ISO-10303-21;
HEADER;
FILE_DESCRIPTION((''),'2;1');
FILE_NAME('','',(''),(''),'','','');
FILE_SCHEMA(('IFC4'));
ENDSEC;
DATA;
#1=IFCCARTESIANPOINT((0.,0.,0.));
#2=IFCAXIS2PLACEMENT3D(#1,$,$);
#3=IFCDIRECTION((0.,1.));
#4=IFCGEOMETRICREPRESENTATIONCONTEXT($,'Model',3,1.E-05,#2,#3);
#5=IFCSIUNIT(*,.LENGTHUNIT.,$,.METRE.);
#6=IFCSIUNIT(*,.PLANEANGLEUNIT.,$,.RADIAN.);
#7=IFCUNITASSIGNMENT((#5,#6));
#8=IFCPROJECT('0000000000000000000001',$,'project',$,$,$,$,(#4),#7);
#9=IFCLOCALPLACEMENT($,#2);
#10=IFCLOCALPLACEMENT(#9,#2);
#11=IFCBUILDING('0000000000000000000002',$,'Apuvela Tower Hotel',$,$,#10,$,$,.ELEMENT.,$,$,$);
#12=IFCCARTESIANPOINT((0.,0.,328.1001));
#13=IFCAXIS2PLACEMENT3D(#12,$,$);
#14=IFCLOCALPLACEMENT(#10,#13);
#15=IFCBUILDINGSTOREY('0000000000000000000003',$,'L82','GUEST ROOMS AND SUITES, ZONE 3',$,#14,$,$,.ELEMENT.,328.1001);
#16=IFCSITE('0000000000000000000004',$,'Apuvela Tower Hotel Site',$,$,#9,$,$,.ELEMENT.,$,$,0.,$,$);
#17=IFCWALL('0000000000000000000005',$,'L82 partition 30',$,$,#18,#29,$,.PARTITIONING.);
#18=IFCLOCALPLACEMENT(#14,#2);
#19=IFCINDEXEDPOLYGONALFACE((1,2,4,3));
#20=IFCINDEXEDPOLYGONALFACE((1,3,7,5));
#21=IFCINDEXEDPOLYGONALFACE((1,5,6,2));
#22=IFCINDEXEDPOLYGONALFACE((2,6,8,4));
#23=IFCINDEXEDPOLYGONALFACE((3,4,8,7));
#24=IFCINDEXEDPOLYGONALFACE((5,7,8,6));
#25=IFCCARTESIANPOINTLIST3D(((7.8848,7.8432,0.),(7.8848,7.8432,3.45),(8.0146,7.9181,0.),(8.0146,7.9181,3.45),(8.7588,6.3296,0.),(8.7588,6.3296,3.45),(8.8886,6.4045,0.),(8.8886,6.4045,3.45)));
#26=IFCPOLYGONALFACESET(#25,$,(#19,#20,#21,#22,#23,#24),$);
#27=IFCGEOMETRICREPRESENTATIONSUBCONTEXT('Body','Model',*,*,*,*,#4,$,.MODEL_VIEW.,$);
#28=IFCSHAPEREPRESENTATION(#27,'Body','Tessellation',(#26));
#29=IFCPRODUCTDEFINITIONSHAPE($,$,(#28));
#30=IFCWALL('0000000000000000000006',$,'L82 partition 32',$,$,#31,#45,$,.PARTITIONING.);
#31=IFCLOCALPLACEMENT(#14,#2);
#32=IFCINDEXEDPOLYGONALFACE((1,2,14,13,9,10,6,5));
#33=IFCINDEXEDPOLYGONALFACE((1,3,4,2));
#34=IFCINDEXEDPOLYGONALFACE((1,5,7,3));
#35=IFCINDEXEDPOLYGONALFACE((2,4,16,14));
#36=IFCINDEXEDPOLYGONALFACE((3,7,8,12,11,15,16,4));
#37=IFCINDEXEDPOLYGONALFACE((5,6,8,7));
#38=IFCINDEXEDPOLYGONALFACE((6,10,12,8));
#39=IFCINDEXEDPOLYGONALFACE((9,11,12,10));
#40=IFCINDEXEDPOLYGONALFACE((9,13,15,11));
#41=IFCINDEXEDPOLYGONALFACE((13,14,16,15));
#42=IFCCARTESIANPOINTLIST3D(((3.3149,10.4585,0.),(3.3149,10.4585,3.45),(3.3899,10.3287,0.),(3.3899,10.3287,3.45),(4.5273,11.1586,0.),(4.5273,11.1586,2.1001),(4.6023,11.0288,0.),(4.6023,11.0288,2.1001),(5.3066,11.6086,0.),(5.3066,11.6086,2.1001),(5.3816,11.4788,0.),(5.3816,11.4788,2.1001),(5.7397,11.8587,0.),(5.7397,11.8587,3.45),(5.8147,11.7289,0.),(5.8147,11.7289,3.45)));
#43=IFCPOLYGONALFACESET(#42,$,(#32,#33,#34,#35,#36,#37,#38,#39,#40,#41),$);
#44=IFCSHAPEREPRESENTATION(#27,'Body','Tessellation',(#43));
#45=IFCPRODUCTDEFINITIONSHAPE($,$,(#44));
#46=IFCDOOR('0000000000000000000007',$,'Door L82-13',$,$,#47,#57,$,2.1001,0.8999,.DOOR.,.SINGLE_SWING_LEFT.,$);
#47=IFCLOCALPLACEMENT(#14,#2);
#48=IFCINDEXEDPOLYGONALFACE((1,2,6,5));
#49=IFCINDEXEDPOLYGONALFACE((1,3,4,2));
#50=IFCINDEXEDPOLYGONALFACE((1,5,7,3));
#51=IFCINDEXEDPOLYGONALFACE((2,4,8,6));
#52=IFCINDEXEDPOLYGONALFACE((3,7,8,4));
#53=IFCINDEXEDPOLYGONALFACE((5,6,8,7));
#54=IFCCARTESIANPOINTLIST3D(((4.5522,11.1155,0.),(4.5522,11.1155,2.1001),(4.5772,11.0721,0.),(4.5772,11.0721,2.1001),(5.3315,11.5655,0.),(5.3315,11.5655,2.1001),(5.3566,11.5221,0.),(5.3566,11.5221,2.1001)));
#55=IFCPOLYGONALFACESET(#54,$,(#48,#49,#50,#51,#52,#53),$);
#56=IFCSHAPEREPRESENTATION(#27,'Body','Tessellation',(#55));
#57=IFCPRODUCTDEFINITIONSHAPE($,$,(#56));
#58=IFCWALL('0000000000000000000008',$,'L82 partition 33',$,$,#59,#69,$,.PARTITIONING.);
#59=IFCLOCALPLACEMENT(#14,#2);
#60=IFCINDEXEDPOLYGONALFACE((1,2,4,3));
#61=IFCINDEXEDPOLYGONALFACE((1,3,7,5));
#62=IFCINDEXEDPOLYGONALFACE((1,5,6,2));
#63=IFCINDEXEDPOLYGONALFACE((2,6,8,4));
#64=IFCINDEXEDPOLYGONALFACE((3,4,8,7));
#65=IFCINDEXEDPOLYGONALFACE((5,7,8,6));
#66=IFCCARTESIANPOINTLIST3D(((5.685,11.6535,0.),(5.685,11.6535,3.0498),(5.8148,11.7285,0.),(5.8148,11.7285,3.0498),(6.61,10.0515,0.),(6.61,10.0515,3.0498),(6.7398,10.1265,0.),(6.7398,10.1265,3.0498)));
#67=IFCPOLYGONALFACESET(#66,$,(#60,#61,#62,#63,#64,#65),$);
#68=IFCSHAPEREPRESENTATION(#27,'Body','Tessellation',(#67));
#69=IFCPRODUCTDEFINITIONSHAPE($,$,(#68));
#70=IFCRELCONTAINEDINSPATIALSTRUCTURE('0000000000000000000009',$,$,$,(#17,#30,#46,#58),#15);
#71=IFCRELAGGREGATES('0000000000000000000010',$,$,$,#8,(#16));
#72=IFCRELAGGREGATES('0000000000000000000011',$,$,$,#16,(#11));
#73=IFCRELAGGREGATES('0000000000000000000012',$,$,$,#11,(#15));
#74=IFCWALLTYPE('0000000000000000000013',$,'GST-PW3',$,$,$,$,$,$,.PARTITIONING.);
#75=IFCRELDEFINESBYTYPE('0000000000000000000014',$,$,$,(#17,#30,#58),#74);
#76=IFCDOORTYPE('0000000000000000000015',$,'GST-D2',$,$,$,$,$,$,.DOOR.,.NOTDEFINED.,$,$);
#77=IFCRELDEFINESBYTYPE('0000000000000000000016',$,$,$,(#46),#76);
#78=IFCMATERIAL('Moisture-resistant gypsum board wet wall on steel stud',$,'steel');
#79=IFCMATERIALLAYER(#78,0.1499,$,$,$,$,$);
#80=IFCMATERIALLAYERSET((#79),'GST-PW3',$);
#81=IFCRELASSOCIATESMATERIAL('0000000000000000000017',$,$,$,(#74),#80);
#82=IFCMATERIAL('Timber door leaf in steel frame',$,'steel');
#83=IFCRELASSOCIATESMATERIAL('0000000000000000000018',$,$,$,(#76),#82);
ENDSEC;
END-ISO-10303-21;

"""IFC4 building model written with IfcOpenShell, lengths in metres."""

from ifc_helpers import new_model, si_unit, direction, frame, frame_2d, origin, place, context, subcontext, project, spatial, rectangle, extrude, material, layer, layer_set, type_object, element, fill, save


model = new_model("IFC4")

# Units and contexts
model_context = context("Model", 3, precision=1e-05, world=origin(), true_north=direction((0.0, 1.0)))
body_context = subcontext(model_context, "Body", "Model", "MODEL_VIEW")
ifc_project = project(units=[si_unit("LENGTHUNIT", "METRE"), si_unit("PLANEANGLEUNIT", "RADIAN")], contexts=[model_context])

# Site, building, storey
site_placement = place(None, origin())
site = spatial("IfcSite", under=ifc_project, at=site_placement, Name="Apuvela Tower Hotel Site", CompositionType="ELEMENT", RefElevation=0.0)
building_placement = place(site_placement, origin())
building = spatial("IfcBuilding", under=site, at=building_placement, Name="Apuvela Tower Hotel", CompositionType="ELEMENT")
storey_placement = place(building_placement, frame((0.0, 0.0, 328.1001)))
storey = spatial("IfcBuildingStorey", under=building, at=storey_placement, Name="L82", Description="GUEST ROOMS AND SUITES, ZONE 3", CompositionType="ELEMENT", Elevation=328.1001)

# Shared definitions
ifc_material_1 = material(Name="Timber door leaf in steel frame", Category="steel")
ifc_material_2 = material(Name="Moisture-resistant gypsum board wet wall on steel stud", Category="steel")
ifc_layer_1 = layer(ifc_material_2, 0.1499)
ifc_layer_set_1 = layer_set([ifc_layer_1], Name="GST-PW3")
wall_type_1 = type_object("IfcWallType", Name="GST-PW3", PredefinedType="PARTITIONING", material=ifc_layer_set_1)
door_type_1 = type_object("IfcDoorType", Name="GST-D2", OperationType="NOTDEFINED", PredefinedType="DOOR", material=ifc_material_1)

# Wall
wall_1_placement = place(storey_placement, frame((8.8237, 6.3669, 0.0), z_axis=(0.0, 0.0, 1.0), x_axis=(-0.500045, 0.865999, 0.0)))
element("IfcWall", 1, at=wall_1_placement, inside=storey, type_object=wall_type_1, Name="L82 partition 30", PredefinedType="PARTITIONING", context=body_context, shape_type="SweptSolid", body=[
    extrude(rectangle(XDim=1.7478, YDim=0.1499, at=frame_2d((0.874, 0.0))), origin(), (0.0, 0.0, 1.0), 3.45),
])

# Wall, opening, door
wall_2_placement = place(storey_placement, frame((5.7771, 11.7937, 0.0), z_axis=(0.0, 0.0, 1.0), x_axis=(-0.865997, -0.50005, 0.0)))
wall_2 = element("IfcWall", 2, at=wall_2_placement, inside=storey, type_object=wall_type_1, Name="L82 partition 32", PredefinedType="PARTITIONING", context=body_context, shape_type="SweptSolid", body=[
    extrude(rectangle(XDim=2.8, YDim=0.1499, at=frame_2d((1.3999, 0.0))), origin(), (0.0, 0.0, 1.0), 3.45),
])
opening_1_placement = place(wall_2_placement, frame((0.5, 0.0, 0.0)))
opening_1 = element("IfcOpeningElement", 3, at=opening_1_placement, cuts=wall_2, PredefinedType="OPENING", context=body_context, shape_type="SweptSolid", body=[
    extrude(rectangle(XDim=0.8999, YDim=2.1001, at=frame_2d((0.45, 1.05))), frame((0.0, 0.085, 0.0), z_axis=(0.0, -1.0, 0.0), x_axis=(1.0, 0.0, 0.0)), (0.0, 0.0, 1.0), 0.1699),
])
door_1_placement = place(opening_1_placement, origin())
door_1 = element("IfcDoor", 4, at=door_1_placement, inside=storey, type_object=door_type_1, Name="Door L82-13", OperationType="SINGLE_SWING_LEFT", OverallHeight=2.1001, OverallWidth=0.8999, PredefinedType="DOOR", context=body_context, shape_type="SweptSolid", body=[
    extrude(rectangle(XDim=0.8999, YDim=2.1001, at=frame_2d((0.45, 1.05))), frame((0.0, 0.0249, 0.0), z_axis=(0.0, -1.0, 0.0), x_axis=(1.0, 0.0, 0.0)), (0.0, 0.0, 1.0), 0.05),
])
fill(opening_1, door_1)

# Wall
wall_3_placement = place(storey_placement, frame((6.6748, 10.0891, 0.0), z_axis=(0.0, 0.0, 1.0), x_axis=(-0.500042, 0.866001, 0.0)))
element("IfcWall", 5, at=wall_3_placement, inside=storey, type_object=wall_type_1, Name="L82 partition 33", PredefinedType="PARTITIONING", context=body_context, shape_type="SweptSolid", body=[
    extrude(rectangle(XDim=1.8499, YDim=0.1499, at=frame_2d((0.9248, 0.0))), origin(), (0.0, 0.0, 1.0), 3.0498),
])

save(model, "model.ifc")
